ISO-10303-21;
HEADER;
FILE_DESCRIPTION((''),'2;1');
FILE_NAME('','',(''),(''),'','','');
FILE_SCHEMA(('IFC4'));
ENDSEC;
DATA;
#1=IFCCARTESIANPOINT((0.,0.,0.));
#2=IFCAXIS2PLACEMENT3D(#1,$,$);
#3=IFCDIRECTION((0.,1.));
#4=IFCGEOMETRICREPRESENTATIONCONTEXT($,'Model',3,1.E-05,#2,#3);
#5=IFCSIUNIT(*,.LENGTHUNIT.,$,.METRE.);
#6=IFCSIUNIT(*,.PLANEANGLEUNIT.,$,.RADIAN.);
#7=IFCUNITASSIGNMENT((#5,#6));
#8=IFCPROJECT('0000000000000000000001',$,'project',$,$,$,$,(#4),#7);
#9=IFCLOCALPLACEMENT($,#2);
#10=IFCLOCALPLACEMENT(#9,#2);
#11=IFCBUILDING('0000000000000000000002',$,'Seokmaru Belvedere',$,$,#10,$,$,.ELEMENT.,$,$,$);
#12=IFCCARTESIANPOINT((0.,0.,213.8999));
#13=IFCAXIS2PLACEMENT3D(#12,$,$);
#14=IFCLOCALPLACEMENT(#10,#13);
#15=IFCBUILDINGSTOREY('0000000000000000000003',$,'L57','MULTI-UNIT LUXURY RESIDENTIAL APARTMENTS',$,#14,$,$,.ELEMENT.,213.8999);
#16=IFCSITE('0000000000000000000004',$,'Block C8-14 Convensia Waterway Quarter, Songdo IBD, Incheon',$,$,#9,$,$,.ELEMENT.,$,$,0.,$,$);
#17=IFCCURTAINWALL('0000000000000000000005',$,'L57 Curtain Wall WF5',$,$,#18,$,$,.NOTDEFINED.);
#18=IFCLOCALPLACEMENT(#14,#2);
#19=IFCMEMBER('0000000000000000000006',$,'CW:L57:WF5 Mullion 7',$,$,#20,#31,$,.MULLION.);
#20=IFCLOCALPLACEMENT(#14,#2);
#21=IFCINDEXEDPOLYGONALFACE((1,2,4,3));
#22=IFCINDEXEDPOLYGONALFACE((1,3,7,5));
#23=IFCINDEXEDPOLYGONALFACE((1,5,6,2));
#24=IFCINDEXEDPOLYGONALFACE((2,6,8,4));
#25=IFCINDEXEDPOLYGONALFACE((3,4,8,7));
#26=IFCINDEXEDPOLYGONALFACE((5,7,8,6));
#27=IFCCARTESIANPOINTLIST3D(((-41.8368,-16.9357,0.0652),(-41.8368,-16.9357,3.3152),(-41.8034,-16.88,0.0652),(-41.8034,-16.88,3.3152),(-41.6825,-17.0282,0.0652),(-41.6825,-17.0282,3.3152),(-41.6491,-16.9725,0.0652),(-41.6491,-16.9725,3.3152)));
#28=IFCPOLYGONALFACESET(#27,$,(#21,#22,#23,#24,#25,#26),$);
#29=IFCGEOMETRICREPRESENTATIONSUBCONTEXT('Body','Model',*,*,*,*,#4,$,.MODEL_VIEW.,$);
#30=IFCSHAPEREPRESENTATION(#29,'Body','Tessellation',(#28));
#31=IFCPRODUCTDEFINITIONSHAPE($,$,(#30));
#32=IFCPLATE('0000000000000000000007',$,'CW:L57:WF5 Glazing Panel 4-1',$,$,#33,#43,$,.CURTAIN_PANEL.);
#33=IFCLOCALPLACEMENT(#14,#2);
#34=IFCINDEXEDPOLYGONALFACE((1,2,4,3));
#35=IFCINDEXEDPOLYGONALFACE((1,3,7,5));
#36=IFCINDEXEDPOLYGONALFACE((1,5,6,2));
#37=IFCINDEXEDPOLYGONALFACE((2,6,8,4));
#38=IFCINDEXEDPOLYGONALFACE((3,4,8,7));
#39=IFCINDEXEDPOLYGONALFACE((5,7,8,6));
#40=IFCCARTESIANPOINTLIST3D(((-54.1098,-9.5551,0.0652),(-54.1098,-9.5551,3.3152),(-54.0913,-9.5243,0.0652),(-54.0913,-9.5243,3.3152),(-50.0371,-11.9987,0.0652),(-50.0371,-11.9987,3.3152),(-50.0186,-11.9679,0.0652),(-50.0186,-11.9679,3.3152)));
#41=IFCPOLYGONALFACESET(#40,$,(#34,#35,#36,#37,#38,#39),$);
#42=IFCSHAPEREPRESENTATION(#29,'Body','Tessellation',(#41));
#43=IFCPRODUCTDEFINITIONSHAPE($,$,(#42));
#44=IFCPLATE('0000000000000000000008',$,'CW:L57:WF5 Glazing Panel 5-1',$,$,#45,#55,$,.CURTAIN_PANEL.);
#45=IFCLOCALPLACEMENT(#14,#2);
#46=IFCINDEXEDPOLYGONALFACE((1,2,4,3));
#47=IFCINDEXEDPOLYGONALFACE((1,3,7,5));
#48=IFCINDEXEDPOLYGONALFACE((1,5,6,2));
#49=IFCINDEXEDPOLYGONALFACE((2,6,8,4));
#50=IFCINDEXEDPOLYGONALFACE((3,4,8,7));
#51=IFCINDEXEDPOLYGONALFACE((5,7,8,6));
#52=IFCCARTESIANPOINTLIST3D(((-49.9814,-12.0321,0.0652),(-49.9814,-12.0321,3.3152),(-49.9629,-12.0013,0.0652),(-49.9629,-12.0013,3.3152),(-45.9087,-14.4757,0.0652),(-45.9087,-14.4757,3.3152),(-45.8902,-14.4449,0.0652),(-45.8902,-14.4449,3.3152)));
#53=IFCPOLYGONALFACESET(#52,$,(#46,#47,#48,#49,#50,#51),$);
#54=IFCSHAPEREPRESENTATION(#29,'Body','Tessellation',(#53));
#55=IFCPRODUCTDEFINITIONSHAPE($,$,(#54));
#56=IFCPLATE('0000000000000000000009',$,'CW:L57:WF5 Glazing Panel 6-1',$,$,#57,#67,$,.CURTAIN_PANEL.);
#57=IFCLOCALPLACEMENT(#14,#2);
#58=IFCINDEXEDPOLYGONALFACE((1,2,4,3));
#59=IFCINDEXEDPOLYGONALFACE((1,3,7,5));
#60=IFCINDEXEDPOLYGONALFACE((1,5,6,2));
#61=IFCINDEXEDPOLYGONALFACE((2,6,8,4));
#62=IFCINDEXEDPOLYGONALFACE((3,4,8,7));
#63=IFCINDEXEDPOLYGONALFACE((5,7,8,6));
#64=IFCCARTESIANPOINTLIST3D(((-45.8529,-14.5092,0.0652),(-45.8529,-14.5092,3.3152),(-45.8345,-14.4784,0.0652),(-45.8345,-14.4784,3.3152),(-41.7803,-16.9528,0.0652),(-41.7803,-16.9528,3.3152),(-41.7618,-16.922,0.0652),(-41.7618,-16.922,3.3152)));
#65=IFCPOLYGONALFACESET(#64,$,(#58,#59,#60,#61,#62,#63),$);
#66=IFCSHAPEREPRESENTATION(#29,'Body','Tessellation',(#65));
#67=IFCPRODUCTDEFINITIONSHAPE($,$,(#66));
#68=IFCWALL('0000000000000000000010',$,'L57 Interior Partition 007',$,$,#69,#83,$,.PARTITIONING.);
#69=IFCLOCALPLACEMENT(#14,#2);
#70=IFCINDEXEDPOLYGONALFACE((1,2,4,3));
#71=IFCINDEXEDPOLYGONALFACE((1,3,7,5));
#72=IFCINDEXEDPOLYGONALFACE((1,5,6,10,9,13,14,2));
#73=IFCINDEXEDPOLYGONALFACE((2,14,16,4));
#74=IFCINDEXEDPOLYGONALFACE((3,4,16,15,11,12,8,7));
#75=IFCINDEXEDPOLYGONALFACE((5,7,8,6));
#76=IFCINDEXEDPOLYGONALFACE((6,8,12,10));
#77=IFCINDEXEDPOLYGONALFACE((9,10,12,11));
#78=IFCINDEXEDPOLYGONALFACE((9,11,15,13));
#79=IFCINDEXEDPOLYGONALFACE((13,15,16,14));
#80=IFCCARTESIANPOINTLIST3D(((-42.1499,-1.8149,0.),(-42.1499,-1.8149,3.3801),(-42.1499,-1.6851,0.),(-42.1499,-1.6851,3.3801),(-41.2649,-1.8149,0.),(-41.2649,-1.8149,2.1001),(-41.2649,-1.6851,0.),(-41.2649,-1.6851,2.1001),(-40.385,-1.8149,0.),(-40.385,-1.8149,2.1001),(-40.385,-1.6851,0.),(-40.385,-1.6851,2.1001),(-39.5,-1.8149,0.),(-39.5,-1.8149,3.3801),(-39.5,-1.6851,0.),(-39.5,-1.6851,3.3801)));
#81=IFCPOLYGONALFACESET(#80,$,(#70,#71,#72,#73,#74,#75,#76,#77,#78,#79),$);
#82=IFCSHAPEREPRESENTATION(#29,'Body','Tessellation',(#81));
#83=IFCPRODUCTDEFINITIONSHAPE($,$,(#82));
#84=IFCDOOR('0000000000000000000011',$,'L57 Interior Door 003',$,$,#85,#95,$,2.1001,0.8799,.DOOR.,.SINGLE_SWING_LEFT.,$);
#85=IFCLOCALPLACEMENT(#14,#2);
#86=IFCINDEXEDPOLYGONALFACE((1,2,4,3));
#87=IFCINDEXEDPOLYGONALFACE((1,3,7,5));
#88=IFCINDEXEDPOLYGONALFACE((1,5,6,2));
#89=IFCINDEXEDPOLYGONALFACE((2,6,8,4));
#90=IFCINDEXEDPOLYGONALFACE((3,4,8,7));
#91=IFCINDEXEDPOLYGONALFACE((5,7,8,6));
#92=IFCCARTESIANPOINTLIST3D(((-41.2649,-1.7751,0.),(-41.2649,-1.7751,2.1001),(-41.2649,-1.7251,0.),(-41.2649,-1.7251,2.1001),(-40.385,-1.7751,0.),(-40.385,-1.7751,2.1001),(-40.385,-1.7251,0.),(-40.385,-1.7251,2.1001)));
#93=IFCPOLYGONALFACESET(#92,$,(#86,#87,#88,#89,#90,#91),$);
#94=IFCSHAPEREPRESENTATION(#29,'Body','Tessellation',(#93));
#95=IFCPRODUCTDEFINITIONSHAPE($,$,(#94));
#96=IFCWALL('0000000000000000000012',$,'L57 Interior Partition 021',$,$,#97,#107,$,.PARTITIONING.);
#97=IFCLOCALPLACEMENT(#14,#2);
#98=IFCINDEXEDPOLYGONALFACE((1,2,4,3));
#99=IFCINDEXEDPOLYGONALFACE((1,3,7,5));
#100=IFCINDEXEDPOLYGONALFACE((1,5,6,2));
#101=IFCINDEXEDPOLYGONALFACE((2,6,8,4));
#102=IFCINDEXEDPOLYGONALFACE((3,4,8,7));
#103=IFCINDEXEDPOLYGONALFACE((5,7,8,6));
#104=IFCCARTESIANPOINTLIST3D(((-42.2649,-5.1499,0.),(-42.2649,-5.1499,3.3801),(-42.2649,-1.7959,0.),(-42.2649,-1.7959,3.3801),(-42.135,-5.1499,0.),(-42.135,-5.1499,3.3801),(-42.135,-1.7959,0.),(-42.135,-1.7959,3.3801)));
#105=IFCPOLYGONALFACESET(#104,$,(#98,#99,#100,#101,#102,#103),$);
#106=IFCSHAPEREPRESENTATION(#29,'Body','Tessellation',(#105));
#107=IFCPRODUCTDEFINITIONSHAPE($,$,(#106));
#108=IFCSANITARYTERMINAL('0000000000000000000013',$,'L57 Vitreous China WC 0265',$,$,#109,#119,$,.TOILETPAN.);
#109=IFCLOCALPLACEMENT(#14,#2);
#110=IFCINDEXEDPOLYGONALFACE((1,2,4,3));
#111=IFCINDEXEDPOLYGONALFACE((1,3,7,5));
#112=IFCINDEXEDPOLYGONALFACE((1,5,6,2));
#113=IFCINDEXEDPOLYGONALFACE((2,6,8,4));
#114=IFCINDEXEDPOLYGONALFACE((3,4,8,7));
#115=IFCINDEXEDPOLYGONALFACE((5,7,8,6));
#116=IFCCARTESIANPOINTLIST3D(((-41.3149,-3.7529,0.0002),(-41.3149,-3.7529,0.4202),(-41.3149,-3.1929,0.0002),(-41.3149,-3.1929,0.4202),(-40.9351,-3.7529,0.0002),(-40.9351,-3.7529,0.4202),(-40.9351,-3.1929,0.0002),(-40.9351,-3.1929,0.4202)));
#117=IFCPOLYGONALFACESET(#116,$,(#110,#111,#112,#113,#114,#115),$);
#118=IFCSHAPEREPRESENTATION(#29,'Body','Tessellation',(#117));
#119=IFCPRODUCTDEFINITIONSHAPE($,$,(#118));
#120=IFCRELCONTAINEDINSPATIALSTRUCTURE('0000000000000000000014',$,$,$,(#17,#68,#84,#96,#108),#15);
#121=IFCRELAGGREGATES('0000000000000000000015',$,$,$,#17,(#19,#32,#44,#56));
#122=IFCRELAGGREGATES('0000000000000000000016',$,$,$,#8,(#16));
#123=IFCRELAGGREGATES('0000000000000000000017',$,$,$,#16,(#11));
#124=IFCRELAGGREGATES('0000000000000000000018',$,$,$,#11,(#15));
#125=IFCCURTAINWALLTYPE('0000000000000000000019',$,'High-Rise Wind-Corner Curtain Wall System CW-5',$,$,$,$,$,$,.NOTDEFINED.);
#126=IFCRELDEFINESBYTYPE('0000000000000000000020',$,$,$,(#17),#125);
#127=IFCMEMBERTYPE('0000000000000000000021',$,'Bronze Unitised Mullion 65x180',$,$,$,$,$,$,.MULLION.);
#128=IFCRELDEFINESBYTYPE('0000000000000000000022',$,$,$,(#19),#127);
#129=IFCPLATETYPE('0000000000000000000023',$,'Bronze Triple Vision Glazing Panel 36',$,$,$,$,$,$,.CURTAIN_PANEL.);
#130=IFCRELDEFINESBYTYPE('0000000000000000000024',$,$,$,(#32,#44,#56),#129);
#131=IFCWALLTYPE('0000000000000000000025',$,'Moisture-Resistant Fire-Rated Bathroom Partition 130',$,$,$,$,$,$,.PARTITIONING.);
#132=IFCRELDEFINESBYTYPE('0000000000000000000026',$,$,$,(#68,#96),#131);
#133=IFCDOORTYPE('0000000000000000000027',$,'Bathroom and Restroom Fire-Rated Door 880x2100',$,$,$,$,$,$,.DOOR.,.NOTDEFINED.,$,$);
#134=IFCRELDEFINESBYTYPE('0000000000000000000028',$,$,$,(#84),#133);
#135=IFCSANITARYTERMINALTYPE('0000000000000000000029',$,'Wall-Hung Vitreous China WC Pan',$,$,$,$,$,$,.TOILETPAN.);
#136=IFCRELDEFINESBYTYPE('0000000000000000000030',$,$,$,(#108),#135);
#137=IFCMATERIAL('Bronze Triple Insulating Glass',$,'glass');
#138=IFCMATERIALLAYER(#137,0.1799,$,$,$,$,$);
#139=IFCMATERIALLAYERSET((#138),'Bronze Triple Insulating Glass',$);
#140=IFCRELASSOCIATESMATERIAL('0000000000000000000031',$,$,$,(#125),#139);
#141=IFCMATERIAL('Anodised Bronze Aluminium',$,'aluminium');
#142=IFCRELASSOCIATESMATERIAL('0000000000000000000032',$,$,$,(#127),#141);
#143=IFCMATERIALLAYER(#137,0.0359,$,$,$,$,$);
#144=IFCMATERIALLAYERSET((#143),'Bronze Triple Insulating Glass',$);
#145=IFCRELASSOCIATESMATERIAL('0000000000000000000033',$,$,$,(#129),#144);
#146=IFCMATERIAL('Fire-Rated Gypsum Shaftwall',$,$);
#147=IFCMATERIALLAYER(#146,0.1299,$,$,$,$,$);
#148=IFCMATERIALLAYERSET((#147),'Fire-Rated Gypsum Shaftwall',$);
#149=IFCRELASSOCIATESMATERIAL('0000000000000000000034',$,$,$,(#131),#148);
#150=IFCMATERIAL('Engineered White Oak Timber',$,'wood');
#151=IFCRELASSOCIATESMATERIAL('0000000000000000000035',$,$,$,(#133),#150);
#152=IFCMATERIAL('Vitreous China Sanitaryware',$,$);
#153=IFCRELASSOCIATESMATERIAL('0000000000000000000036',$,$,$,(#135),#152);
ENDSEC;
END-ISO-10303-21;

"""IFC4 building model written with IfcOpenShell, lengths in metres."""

from ifc_helpers import new_model, si_unit, direction, frame, frame_2d, origin, origin_2d, place, context, subcontext, project, spatial, rectangle, extrude, source, transform, mapped, material, layer, layer_set, material_profile, profile_set, type_object, type_shapes, element, fill, aggregate, save


model = new_model("IFC4")

# Units and contexts
model_context = context("Model", 3, precision=1e-05, world=origin(), true_north=direction((0.0, 1.0)))
body_context = subcontext(model_context, "Body", "Model", "MODEL_VIEW")
ifc_project = project(units=[si_unit("LENGTHUNIT", "METRE"), si_unit("PLANEANGLEUNIT", "RADIAN")], contexts=[model_context])

# Site, building, storey
site_placement = place(None, origin())
site = spatial("IfcSite", under=ifc_project, at=site_placement, Name="Block C8-14 Convensia Waterway Quarter, Songdo IBD, Incheon", CompositionType="ELEMENT", RefElevation=0.0)
building_placement = place(site_placement, origin())
building = spatial("IfcBuilding", under=site, at=building_placement, Name="Seokmaru Belvedere", CompositionType="ELEMENT")
storey_placement = place(building_placement, frame((0.0, 0.0, 213.8999)))
storey = spatial("IfcBuildingStorey", under=building, at=storey_placement, Name="L57", Description="MULTI-UNIT LUXURY RESIDENTIAL APARTMENTS", CompositionType="ELEMENT", Elevation=213.8999)

# Curtain wall, member, plates
ifc_material_1 = material(Name="Bronze Triple Insulating Glass", Category="glass")
ifc_layer_1 = layer(ifc_material_1, 0.1799)
ifc_layer_set_1 = layer_set([ifc_layer_1], Name="Bronze Triple Insulating Glass")
curtain_wall_type = type_object("IfcCurtainWallType", Name="High-Rise Wind-Corner Curtain Wall System CW-5", PredefinedType="NOTDEFINED", material=ifc_layer_set_1)
curtain_wall_placement = place(storey_placement, origin())
curtain_wall = element("IfcCurtainWall", 1, at=curtain_wall_placement, inside=storey, type_object=curtain_wall_type, Name="L57 Curtain Wall WF5", PredefinedType="NOTDEFINED")
ifc_material_2 = material(Name="Anodised Bronze Aluminium", Category="aluminium")
ifc_material_profile_1 = material_profile(ifc_material_2, rectangle(XDim=0.0649, YDim=0.1799, at=origin_2d()), Name="CW-M-65x180")
ifc_profile_set_1 = profile_set([ifc_material_profile_1], Name="Anodised Bronze Aluminium")
member_type = type_object("IfcMemberType", Name="Bronze Unitised Mullion 65x180", PredefinedType="MULLION", material=ifc_profile_set_1)
shared_shape_1 = source(origin(), body_context, "Body", "SweptSolid", [
    extrude(rectangle(XDim=0.0649, YDim=0.1799, at=origin_2d()), origin(), (0.0, 0.0, 1.0), 3.25),
])
type_shapes(member_type, [shared_shape_1])
member_1_placement = place(storey_placement, frame((-41.7429, -16.9541, 0.0652), z_axis=(0.0, 0.0, 1.0), x_axis=(0.514495, 0.857493, 0.0)))
member_1 = element("IfcMember", 2, at=member_1_placement, type_object=member_type, Name="CW:L57:WF5 Mullion 7", PredefinedType="MULLION", context=body_context, shape_type="MappedRepresentation", body=[
    mapped(shared_shape_1, transform((0.0, 0.0, 0.0), scale=1.0)),
])
ifc_layer_2 = layer(ifc_material_1, 0.0359)
ifc_layer_set_2 = layer_set([ifc_layer_2], Name="Bronze Triple Insulating Glass")
plate_type = type_object("IfcPlateType", Name="Bronze Triple Vision Glazing Panel 36", PredefinedType="CURTAIN_PANEL", material=ifc_layer_set_2)
shared_shape_2 = source(origin(), body_context, "Body", "SweptSolid", [
    extrude(rectangle(XDim=4.7495, YDim=0.0359, at=origin_2d()), origin(), (0.0, 0.0, 1.0), 3.25),
])
type_shapes(plate_type, [shared_shape_2])
plate_1_placement = place(storey_placement, frame((-52.0642, -10.7615, 0.0652), z_axis=(0.0, 0.0, 1.0), x_axis=(0.857493, -0.514495, 0.0)))
plate_1 = element("IfcPlate", 3, at=plate_1_placement, type_object=plate_type, Name="CW:L57:WF5 Glazing Panel 4-1", PredefinedType="CURTAIN_PANEL", context=body_context, shape_type="MappedRepresentation", body=[
    mapped(shared_shape_2, transform((0.0, 0.0, 0.0), scale=1.0)),
])
plate_2_placement = place(storey_placement, frame((-47.9358, -13.2385, 0.0652), z_axis=(0.0, 0.0, 1.0), x_axis=(0.857493, -0.514495, 0.0)))
plate_2 = element("IfcPlate", 4, at=plate_2_placement, type_object=plate_type, Name="CW:L57:WF5 Glazing Panel 5-1", PredefinedType="CURTAIN_PANEL", context=body_context, shape_type="MappedRepresentation", body=[
    mapped(shared_shape_2, transform((0.0, 0.0, 0.0), scale=1.0)),
])
plate_3_placement = place(storey_placement, frame((-43.8074, -15.7156, 0.0652), z_axis=(0.0, 0.0, 1.0), x_axis=(0.857493, -0.514495, 0.0)))
plate_3 = element("IfcPlate", 5, at=plate_3_placement, type_object=plate_type, Name="CW:L57:WF5 Glazing Panel 6-1", PredefinedType="CURTAIN_PANEL", context=body_context, shape_type="MappedRepresentation", body=[
    mapped(shared_shape_2, transform((0.0, 0.0, 0.0), scale=1.0)),
])
aggregate(curtain_wall, [member_1, plate_1, plate_2, plate_3])

# Wall, opening, door
ifc_material_3 = material(Name="Fire-Rated Gypsum Shaftwall")
ifc_material_4 = material(Name="Engineered White Oak Timber", Category="wood")
ifc_layer_3 = layer(ifc_material_3, 0.1299)
ifc_layer_set_3 = layer_set([ifc_layer_3], Name="Fire-Rated Gypsum Shaftwall")
wall_type_1 = type_object("IfcWallType", Name="Moisture-Resistant Fire-Rated Bathroom Partition 130", PredefinedType="PARTITIONING", material=ifc_layer_set_3)
wall_1_placement = place(storey_placement, frame((-42.1499, -1.75, 0.0), z_axis=(0.0, 0.0, 1.0), x_axis=(1.0, 0.0, 0.0)))
wall_1 = element("IfcWall", 6, at=wall_1_placement, inside=storey, type_object=wall_type_1, Name="L57 Interior Partition 007", PredefinedType="PARTITIONING", context=body_context, shape_type="SweptSolid", body=[
    extrude(rectangle(XDim=2.6499, YDim=0.1299, at=frame_2d((1.325, 0.0))), origin(), (0.0, 0.0, 1.0), 3.3801),
])
opening_1_placement = place(wall_1_placement, frame((0.885, 0.0, 0.0)))
opening_1 = element("IfcOpeningElement", 7, at=opening_1_placement, cuts=wall_1, PredefinedType="OPENING", context=body_context, shape_type="SweptSolid", body=[
    extrude(rectangle(XDim=0.8799, YDim=2.1001, at=frame_2d((0.4399, 1.05))), frame((0.0, 0.075, 0.0), z_axis=(0.0, -1.0, 0.0), x_axis=(1.0, 0.0, 0.0)), (0.0, 0.0, 1.0), 0.1499),
])
door_type_1 = type_object("IfcDoorType", Name="Bathroom and Restroom Fire-Rated Door 880x2100", OperationType="NOTDEFINED", PredefinedType="DOOR", material=ifc_material_4)
shared_shape_3 = source(origin(), body_context, "Body", "SweptSolid", [
    extrude(rectangle(XDim=0.8799, YDim=2.1001, at=frame_2d((0.4399, 1.05))), frame((0.0, 0.0249, 0.0), z_axis=(0.0, -1.0, 0.0), x_axis=(1.0, 0.0, 0.0)), (0.0, 0.0, 1.0), 0.05),
])
type_shapes(door_type_1, [shared_shape_3])
door_1_placement = place(opening_1_placement, origin())
door_1 = element("IfcDoor", 8, at=door_1_placement, inside=storey, type_object=door_type_1, Name="L57 Interior Door 003", OperationType="SINGLE_SWING_LEFT", OverallHeight=2.1001, OverallWidth=0.8799, PredefinedType="DOOR", context=body_context, shape_type="MappedRepresentation", body=[
    mapped(shared_shape_3, transform((0.0, 0.0, 0.0), scale=1.0)),
])
fill(opening_1, door_1)

# Wall
wall_2_placement = place(storey_placement, frame((-42.2, -5.1499, 0.0), z_axis=(0.0, 0.0, 1.0), x_axis=(0.0, 1.0, 0.0)))
element("IfcWall", 9, at=wall_2_placement, inside=storey, type_object=wall_type_1, Name="L57 Interior Partition 021", PredefinedType="PARTITIONING", context=body_context, shape_type="SweptSolid", body=[
    extrude(rectangle(XDim=3.354, YDim=0.1299, at=frame_2d((1.677, 0.0))), origin(), (0.0, 0.0, 1.0), 3.3801),
])

# Sanitary terminal
ifc_material_5 = material(Name="Vitreous China Sanitaryware")
sanitary_terminal_type = type_object("IfcSanitaryTerminalType", Name="Wall-Hung Vitreous China WC Pan", PredefinedType="TOILETPAN", material=ifc_material_5)
shared_shape_4 = source(origin(), body_context, "Body", "SweptSolid", [
    extrude(rectangle(XDim=0.3799, YDim=0.5601, at=origin_2d()), origin(), (0.0, 0.0, 1.0), 0.4199),
])
type_shapes(sanitary_terminal_type, [shared_shape_4])
sanitary_terminal_placement = place(storey_placement, frame((-41.125, -3.4729, 0.0002), z_axis=(0.0, 0.0, 1.0), x_axis=(1.0, 0.0, 0.0)))
element("IfcSanitaryTerminal", 10, at=sanitary_terminal_placement, inside=storey, type_object=sanitary_terminal_type, Name="L57 Vitreous China WC 0265", PredefinedType="TOILETPAN", context=body_context, shape_type="MappedRepresentation", body=[
    mapped(shared_shape_4, transform((0.0, 0.0, 0.0), scale=1.0)),
])

save(model, "model.ifc")
